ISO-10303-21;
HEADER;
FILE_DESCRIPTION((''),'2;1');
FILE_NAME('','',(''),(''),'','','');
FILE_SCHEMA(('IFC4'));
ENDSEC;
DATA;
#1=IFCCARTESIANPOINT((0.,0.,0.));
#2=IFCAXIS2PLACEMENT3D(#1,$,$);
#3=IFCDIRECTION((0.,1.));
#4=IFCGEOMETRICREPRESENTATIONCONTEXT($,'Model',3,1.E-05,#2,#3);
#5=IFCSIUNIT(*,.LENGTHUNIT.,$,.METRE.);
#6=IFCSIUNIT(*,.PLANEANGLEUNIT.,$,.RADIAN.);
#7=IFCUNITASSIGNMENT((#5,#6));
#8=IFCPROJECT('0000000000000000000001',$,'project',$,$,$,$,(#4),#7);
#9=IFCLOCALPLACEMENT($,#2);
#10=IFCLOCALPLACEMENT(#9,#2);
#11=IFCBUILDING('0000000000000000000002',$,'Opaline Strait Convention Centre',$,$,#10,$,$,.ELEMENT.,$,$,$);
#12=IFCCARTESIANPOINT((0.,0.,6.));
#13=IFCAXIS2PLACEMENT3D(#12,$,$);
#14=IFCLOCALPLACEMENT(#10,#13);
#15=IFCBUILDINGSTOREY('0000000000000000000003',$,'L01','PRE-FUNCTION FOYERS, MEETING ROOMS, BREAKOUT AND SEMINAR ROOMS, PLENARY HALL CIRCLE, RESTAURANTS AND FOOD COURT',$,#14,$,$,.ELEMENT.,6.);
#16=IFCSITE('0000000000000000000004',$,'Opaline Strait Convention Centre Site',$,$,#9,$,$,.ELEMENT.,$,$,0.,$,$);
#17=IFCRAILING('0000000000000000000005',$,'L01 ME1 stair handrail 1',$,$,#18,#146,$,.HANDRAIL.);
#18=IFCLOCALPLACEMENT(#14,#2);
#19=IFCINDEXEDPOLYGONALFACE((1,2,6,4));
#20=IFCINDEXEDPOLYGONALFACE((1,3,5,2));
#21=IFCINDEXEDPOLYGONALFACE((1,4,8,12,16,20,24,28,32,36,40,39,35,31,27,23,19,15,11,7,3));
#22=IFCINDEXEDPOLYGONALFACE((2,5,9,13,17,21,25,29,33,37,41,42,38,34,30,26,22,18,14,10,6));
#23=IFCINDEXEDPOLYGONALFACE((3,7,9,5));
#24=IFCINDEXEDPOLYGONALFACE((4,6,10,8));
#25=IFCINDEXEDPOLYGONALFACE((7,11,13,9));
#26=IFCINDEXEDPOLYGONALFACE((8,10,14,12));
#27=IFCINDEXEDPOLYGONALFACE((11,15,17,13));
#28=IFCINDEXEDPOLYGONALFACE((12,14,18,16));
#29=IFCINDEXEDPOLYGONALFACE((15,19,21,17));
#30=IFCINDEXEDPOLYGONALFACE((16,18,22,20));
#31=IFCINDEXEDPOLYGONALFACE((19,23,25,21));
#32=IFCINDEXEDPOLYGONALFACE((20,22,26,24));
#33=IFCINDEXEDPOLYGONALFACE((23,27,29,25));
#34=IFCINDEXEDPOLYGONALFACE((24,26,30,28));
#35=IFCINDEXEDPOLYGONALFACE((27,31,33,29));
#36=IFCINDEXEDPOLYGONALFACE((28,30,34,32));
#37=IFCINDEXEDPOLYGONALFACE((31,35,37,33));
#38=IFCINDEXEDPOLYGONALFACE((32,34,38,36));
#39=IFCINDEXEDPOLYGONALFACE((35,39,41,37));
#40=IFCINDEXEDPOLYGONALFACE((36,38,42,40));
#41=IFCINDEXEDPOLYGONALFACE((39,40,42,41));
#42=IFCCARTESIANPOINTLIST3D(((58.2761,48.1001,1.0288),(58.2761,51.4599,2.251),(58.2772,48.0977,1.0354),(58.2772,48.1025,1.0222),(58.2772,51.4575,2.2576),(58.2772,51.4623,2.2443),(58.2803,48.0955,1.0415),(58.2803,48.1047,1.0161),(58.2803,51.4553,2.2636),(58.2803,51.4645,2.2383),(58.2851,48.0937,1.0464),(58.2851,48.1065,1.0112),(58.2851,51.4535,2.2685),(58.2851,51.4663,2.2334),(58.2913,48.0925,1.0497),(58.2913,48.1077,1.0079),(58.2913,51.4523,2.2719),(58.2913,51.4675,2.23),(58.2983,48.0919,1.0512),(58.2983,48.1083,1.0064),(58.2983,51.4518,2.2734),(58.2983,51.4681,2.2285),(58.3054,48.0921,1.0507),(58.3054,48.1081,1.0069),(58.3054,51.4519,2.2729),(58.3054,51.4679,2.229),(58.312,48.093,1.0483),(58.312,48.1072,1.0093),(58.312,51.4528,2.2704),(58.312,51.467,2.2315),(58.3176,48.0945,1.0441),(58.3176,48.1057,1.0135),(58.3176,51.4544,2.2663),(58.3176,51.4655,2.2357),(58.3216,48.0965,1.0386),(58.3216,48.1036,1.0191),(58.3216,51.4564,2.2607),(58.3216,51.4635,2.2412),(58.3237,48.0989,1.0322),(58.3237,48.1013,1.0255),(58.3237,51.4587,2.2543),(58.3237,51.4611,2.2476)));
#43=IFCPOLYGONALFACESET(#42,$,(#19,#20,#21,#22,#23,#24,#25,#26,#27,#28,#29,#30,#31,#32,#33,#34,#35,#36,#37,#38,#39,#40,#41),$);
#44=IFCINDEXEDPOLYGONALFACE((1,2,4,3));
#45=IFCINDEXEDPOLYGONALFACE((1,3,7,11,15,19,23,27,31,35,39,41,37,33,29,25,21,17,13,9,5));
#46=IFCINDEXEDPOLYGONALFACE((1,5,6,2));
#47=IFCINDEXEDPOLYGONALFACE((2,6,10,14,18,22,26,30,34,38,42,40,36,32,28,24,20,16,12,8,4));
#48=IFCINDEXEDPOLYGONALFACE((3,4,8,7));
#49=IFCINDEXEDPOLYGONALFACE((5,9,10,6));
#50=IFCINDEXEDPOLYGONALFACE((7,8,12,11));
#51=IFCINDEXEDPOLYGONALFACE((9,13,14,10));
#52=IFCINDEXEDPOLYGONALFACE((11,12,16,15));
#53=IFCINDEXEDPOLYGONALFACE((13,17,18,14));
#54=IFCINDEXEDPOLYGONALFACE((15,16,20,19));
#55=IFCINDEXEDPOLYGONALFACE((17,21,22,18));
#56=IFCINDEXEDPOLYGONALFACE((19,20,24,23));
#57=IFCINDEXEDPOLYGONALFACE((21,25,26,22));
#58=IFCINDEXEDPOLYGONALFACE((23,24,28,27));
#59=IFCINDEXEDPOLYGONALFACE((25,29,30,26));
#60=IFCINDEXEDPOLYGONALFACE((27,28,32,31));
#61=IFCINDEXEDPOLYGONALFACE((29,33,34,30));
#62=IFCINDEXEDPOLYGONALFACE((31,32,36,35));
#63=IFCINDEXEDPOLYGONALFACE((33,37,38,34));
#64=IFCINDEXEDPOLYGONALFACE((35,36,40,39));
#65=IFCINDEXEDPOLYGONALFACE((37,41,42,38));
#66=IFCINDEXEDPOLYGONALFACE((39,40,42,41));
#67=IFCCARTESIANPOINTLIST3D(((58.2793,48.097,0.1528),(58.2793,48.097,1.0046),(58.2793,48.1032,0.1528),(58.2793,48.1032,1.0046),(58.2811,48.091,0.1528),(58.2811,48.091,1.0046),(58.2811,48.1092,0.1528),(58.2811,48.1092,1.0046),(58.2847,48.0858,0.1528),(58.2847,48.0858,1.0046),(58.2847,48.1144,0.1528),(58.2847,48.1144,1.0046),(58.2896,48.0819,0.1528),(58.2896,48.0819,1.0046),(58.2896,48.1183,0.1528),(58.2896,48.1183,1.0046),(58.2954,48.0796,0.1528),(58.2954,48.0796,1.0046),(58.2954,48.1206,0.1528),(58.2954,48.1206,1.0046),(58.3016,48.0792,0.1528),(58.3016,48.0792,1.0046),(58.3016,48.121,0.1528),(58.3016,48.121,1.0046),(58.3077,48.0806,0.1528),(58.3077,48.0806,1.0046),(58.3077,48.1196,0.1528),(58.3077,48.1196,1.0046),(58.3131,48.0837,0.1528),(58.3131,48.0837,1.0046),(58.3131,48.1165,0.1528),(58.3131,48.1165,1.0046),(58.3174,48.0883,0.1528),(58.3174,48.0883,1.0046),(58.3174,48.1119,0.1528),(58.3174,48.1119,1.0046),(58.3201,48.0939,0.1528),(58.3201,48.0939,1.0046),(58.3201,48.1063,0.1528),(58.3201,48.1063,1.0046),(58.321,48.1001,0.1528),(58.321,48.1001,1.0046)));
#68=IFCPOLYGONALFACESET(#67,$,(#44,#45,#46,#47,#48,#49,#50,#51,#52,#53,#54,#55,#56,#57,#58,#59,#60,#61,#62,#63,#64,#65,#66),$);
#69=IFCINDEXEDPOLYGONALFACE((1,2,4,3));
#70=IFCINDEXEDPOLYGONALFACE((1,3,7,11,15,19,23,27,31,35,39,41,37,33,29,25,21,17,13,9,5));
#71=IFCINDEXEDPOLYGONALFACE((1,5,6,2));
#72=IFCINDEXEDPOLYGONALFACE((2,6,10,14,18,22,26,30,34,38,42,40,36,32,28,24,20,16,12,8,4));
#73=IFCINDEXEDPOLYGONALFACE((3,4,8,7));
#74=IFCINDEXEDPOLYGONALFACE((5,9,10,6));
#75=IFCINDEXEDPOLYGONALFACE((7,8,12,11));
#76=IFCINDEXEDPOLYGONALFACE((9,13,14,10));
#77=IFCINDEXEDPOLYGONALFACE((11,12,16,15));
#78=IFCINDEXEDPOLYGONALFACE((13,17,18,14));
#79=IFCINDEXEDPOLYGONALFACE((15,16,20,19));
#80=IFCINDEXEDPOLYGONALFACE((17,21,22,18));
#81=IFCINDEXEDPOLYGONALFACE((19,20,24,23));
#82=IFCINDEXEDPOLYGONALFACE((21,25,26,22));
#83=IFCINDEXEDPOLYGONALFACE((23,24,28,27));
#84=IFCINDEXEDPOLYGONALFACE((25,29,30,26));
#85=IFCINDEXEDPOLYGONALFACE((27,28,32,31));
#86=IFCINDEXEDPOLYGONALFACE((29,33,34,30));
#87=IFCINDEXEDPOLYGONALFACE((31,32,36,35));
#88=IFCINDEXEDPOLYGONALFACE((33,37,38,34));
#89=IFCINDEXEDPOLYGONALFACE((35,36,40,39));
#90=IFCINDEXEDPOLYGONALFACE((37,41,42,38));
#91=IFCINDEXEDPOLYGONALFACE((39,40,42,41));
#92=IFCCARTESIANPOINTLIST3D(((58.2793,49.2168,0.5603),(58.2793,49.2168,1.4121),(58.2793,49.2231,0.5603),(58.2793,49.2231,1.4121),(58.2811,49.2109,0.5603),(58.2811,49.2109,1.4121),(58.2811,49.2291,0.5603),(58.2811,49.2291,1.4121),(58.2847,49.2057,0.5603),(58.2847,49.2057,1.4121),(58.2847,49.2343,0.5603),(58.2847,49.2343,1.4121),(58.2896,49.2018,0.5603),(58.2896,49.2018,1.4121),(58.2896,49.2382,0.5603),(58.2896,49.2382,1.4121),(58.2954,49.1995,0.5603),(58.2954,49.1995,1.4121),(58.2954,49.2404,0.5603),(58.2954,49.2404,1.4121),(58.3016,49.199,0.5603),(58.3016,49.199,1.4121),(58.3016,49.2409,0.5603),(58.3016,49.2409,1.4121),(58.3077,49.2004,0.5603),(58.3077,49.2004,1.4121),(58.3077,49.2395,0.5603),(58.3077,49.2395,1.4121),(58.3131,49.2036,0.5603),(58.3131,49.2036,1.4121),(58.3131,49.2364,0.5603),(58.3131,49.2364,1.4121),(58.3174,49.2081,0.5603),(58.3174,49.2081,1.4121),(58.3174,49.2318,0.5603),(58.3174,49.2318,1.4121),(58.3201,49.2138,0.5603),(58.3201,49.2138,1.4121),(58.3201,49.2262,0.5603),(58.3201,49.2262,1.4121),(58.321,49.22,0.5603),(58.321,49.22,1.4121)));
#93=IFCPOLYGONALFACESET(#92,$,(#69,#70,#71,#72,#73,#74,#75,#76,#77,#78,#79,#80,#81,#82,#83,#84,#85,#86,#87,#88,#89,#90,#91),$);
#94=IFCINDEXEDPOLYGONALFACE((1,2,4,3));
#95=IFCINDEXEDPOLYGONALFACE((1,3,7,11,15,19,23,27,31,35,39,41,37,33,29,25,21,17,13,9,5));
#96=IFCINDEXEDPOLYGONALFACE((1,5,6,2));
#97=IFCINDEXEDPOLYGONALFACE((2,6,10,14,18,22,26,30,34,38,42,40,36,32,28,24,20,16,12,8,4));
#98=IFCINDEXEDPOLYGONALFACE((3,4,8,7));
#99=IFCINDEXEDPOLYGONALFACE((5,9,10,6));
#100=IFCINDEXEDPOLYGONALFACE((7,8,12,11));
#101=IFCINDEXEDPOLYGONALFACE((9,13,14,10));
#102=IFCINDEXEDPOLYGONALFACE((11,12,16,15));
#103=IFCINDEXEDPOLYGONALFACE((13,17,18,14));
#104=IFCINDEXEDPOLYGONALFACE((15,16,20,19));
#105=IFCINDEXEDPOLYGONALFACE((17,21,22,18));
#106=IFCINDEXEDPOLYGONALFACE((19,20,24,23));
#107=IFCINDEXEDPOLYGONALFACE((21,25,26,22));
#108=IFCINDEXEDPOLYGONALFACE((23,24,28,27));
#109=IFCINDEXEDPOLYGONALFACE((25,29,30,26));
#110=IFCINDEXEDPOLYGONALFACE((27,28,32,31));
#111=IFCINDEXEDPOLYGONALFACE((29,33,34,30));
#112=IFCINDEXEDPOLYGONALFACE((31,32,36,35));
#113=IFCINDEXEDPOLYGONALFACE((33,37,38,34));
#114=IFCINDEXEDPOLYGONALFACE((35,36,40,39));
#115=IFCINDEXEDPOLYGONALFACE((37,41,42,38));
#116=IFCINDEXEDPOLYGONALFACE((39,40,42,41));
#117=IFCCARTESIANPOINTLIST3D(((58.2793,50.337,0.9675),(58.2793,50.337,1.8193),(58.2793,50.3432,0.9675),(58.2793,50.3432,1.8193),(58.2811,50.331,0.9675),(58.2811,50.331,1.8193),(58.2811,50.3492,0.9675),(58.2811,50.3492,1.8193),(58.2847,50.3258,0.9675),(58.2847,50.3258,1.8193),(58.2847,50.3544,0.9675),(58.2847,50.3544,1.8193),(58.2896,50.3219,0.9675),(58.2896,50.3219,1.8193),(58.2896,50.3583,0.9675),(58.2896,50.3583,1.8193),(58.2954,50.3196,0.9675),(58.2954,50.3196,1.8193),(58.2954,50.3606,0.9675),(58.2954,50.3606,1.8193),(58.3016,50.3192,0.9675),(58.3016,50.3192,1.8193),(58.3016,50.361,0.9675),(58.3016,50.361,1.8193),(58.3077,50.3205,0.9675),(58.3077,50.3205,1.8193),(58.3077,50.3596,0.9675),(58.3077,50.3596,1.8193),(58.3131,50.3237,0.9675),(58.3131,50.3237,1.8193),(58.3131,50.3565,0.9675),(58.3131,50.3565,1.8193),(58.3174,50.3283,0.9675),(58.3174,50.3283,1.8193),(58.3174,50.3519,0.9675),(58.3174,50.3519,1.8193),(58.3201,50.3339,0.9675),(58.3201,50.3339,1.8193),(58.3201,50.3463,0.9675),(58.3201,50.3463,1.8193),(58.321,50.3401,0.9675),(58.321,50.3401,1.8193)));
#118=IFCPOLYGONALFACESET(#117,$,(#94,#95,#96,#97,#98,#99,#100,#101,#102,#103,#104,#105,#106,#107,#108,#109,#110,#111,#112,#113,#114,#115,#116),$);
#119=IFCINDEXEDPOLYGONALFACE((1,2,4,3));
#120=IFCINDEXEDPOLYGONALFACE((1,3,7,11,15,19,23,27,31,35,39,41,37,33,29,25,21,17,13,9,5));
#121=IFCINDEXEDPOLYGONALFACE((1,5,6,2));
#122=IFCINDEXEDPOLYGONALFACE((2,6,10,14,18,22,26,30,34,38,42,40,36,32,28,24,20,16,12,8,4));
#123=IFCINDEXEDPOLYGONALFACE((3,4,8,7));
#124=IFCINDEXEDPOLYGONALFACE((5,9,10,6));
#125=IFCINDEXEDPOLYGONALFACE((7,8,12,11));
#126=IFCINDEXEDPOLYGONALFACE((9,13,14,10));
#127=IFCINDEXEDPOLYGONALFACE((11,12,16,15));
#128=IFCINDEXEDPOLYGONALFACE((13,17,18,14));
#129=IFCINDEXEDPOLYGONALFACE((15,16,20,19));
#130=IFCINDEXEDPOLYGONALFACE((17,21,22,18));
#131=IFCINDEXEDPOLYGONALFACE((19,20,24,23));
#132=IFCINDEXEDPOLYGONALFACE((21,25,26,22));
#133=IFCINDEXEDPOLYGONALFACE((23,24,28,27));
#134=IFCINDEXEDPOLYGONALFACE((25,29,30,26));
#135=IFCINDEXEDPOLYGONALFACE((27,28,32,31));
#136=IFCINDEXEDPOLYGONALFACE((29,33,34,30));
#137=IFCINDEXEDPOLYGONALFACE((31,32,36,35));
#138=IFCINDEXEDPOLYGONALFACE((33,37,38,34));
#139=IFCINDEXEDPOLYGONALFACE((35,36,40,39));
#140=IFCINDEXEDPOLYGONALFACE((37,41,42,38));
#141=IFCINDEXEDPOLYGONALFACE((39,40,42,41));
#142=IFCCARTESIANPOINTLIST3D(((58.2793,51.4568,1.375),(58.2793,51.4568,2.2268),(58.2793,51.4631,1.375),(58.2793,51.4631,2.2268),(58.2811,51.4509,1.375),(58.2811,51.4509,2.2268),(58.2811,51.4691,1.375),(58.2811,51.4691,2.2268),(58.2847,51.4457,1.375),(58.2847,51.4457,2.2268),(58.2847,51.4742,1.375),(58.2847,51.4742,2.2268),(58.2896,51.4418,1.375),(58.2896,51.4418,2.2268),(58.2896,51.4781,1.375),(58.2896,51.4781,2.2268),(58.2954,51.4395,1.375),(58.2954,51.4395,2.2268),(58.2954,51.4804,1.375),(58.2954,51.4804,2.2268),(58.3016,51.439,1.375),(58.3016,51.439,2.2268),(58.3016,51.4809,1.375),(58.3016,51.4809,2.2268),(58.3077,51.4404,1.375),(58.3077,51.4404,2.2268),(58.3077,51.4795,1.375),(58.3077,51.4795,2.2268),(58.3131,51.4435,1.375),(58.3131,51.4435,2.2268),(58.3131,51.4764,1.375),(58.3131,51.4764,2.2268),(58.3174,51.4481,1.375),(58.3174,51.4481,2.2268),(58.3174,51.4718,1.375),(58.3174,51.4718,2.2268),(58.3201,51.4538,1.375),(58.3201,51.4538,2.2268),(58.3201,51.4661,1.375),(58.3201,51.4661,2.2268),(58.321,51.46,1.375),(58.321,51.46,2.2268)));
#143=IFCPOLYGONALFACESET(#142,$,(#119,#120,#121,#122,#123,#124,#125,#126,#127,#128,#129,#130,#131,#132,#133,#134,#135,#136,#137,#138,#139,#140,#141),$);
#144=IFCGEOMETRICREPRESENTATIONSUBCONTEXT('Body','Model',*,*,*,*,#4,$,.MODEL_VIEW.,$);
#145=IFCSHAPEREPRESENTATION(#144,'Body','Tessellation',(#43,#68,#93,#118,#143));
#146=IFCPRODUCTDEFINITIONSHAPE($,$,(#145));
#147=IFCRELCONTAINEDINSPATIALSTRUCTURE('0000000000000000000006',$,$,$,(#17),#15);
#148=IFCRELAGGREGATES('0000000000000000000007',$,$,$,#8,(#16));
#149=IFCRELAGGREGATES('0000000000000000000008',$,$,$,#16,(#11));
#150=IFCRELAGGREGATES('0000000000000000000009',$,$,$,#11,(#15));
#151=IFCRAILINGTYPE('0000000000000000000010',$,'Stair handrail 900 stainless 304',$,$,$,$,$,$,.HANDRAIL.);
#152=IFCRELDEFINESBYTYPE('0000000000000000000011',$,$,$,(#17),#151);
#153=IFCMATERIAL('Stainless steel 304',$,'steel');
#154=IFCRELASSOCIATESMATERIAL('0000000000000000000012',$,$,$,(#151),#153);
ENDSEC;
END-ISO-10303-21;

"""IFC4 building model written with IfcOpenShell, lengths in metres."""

from ifc_helpers import new_model, si_unit, direction, frame, origin, origin_2d, place, context, subcontext, project, spatial, circle, extrude, material, type_object, element, save


model = new_model("IFC4")

# Units and contexts
model_context = context("Model", 3, precision=1e-05, world=origin(), true_north=direction((0.0, 1.0)))
body_context = subcontext(model_context, "Body", "Model", "MODEL_VIEW")
ifc_project = project(units=[si_unit("LENGTHUNIT", "METRE"), si_unit("PLANEANGLEUNIT", "RADIAN")], contexts=[model_context])

# Site, building, storey
site_placement = place(None, origin())
site = spatial("IfcSite", under=ifc_project, at=site_placement, Name="Opaline Strait Convention Centre Site", CompositionType="ELEMENT", RefElevation=0.0)
building_placement = place(site_placement, origin())
building = spatial("IfcBuilding", under=site, at=building_placement, Name="Opaline Strait Convention Centre", CompositionType="ELEMENT")
storey_placement = place(building_placement, frame((0.0, 0.0, 6.0)))
storey = spatial("IfcBuildingStorey", under=building, at=storey_placement, Name="L01", Description="PRE-FUNCTION FOYERS, MEETING ROOMS, BREAKOUT AND SEMINAR ROOMS, PLENARY HALL CIRCLE, RESTAURANTS AND FOOD COURT", CompositionType="ELEMENT", Elevation=6.0)

# Railing
ifc_material_1 = material(Name="Stainless steel 304", Category="steel")
railing_type_1 = type_object("IfcRailingType", Name="Stair handrail 900 stainless 304", PredefinedType="HANDRAIL", material=ifc_material_1)
for number, where, name in (
    (1, (58.3, 48.1001, 0.1528), "L01 ME1 stair handrail 1"),
):
    element("IfcRailing", number, at=place(storey_placement, frame(where)), inside=storey, type_object=railing_type_1, Name=name, PredefinedType="HANDRAIL", context=body_context, shape_type="SweptSolid", body=[
        extrude(circle(Radius=0.0239, at=origin_2d()), frame((0.0, 0.0, 0.876), z_axis=(0.0, 0.939758, 0.341842), x_axis=(-1.0, 0.0, 0.0)), (0.0, 0.0, 1.0), 3.5752),
        extrude(circle(Radius=0.021, at=origin_2d()), origin(), (0.0, 0.0, 1.0), 0.8518),
        extrude(circle(Radius=0.021, at=origin_2d()), frame((0.0, 1.1199, 0.4075)), (0.0, 0.0, 1.0), 0.8518),
        extrude(circle(Radius=0.021, at=origin_2d()), frame((0.0, 2.24, 0.8147)), (0.0, 0.0, 1.0), 0.8518),
        extrude(circle(Radius=0.021, at=origin_2d()), frame((0.0, 3.3599, 1.2222)), (0.0, 0.0, 1.0), 0.8518),
    ])

save(model, "model.ifc")
